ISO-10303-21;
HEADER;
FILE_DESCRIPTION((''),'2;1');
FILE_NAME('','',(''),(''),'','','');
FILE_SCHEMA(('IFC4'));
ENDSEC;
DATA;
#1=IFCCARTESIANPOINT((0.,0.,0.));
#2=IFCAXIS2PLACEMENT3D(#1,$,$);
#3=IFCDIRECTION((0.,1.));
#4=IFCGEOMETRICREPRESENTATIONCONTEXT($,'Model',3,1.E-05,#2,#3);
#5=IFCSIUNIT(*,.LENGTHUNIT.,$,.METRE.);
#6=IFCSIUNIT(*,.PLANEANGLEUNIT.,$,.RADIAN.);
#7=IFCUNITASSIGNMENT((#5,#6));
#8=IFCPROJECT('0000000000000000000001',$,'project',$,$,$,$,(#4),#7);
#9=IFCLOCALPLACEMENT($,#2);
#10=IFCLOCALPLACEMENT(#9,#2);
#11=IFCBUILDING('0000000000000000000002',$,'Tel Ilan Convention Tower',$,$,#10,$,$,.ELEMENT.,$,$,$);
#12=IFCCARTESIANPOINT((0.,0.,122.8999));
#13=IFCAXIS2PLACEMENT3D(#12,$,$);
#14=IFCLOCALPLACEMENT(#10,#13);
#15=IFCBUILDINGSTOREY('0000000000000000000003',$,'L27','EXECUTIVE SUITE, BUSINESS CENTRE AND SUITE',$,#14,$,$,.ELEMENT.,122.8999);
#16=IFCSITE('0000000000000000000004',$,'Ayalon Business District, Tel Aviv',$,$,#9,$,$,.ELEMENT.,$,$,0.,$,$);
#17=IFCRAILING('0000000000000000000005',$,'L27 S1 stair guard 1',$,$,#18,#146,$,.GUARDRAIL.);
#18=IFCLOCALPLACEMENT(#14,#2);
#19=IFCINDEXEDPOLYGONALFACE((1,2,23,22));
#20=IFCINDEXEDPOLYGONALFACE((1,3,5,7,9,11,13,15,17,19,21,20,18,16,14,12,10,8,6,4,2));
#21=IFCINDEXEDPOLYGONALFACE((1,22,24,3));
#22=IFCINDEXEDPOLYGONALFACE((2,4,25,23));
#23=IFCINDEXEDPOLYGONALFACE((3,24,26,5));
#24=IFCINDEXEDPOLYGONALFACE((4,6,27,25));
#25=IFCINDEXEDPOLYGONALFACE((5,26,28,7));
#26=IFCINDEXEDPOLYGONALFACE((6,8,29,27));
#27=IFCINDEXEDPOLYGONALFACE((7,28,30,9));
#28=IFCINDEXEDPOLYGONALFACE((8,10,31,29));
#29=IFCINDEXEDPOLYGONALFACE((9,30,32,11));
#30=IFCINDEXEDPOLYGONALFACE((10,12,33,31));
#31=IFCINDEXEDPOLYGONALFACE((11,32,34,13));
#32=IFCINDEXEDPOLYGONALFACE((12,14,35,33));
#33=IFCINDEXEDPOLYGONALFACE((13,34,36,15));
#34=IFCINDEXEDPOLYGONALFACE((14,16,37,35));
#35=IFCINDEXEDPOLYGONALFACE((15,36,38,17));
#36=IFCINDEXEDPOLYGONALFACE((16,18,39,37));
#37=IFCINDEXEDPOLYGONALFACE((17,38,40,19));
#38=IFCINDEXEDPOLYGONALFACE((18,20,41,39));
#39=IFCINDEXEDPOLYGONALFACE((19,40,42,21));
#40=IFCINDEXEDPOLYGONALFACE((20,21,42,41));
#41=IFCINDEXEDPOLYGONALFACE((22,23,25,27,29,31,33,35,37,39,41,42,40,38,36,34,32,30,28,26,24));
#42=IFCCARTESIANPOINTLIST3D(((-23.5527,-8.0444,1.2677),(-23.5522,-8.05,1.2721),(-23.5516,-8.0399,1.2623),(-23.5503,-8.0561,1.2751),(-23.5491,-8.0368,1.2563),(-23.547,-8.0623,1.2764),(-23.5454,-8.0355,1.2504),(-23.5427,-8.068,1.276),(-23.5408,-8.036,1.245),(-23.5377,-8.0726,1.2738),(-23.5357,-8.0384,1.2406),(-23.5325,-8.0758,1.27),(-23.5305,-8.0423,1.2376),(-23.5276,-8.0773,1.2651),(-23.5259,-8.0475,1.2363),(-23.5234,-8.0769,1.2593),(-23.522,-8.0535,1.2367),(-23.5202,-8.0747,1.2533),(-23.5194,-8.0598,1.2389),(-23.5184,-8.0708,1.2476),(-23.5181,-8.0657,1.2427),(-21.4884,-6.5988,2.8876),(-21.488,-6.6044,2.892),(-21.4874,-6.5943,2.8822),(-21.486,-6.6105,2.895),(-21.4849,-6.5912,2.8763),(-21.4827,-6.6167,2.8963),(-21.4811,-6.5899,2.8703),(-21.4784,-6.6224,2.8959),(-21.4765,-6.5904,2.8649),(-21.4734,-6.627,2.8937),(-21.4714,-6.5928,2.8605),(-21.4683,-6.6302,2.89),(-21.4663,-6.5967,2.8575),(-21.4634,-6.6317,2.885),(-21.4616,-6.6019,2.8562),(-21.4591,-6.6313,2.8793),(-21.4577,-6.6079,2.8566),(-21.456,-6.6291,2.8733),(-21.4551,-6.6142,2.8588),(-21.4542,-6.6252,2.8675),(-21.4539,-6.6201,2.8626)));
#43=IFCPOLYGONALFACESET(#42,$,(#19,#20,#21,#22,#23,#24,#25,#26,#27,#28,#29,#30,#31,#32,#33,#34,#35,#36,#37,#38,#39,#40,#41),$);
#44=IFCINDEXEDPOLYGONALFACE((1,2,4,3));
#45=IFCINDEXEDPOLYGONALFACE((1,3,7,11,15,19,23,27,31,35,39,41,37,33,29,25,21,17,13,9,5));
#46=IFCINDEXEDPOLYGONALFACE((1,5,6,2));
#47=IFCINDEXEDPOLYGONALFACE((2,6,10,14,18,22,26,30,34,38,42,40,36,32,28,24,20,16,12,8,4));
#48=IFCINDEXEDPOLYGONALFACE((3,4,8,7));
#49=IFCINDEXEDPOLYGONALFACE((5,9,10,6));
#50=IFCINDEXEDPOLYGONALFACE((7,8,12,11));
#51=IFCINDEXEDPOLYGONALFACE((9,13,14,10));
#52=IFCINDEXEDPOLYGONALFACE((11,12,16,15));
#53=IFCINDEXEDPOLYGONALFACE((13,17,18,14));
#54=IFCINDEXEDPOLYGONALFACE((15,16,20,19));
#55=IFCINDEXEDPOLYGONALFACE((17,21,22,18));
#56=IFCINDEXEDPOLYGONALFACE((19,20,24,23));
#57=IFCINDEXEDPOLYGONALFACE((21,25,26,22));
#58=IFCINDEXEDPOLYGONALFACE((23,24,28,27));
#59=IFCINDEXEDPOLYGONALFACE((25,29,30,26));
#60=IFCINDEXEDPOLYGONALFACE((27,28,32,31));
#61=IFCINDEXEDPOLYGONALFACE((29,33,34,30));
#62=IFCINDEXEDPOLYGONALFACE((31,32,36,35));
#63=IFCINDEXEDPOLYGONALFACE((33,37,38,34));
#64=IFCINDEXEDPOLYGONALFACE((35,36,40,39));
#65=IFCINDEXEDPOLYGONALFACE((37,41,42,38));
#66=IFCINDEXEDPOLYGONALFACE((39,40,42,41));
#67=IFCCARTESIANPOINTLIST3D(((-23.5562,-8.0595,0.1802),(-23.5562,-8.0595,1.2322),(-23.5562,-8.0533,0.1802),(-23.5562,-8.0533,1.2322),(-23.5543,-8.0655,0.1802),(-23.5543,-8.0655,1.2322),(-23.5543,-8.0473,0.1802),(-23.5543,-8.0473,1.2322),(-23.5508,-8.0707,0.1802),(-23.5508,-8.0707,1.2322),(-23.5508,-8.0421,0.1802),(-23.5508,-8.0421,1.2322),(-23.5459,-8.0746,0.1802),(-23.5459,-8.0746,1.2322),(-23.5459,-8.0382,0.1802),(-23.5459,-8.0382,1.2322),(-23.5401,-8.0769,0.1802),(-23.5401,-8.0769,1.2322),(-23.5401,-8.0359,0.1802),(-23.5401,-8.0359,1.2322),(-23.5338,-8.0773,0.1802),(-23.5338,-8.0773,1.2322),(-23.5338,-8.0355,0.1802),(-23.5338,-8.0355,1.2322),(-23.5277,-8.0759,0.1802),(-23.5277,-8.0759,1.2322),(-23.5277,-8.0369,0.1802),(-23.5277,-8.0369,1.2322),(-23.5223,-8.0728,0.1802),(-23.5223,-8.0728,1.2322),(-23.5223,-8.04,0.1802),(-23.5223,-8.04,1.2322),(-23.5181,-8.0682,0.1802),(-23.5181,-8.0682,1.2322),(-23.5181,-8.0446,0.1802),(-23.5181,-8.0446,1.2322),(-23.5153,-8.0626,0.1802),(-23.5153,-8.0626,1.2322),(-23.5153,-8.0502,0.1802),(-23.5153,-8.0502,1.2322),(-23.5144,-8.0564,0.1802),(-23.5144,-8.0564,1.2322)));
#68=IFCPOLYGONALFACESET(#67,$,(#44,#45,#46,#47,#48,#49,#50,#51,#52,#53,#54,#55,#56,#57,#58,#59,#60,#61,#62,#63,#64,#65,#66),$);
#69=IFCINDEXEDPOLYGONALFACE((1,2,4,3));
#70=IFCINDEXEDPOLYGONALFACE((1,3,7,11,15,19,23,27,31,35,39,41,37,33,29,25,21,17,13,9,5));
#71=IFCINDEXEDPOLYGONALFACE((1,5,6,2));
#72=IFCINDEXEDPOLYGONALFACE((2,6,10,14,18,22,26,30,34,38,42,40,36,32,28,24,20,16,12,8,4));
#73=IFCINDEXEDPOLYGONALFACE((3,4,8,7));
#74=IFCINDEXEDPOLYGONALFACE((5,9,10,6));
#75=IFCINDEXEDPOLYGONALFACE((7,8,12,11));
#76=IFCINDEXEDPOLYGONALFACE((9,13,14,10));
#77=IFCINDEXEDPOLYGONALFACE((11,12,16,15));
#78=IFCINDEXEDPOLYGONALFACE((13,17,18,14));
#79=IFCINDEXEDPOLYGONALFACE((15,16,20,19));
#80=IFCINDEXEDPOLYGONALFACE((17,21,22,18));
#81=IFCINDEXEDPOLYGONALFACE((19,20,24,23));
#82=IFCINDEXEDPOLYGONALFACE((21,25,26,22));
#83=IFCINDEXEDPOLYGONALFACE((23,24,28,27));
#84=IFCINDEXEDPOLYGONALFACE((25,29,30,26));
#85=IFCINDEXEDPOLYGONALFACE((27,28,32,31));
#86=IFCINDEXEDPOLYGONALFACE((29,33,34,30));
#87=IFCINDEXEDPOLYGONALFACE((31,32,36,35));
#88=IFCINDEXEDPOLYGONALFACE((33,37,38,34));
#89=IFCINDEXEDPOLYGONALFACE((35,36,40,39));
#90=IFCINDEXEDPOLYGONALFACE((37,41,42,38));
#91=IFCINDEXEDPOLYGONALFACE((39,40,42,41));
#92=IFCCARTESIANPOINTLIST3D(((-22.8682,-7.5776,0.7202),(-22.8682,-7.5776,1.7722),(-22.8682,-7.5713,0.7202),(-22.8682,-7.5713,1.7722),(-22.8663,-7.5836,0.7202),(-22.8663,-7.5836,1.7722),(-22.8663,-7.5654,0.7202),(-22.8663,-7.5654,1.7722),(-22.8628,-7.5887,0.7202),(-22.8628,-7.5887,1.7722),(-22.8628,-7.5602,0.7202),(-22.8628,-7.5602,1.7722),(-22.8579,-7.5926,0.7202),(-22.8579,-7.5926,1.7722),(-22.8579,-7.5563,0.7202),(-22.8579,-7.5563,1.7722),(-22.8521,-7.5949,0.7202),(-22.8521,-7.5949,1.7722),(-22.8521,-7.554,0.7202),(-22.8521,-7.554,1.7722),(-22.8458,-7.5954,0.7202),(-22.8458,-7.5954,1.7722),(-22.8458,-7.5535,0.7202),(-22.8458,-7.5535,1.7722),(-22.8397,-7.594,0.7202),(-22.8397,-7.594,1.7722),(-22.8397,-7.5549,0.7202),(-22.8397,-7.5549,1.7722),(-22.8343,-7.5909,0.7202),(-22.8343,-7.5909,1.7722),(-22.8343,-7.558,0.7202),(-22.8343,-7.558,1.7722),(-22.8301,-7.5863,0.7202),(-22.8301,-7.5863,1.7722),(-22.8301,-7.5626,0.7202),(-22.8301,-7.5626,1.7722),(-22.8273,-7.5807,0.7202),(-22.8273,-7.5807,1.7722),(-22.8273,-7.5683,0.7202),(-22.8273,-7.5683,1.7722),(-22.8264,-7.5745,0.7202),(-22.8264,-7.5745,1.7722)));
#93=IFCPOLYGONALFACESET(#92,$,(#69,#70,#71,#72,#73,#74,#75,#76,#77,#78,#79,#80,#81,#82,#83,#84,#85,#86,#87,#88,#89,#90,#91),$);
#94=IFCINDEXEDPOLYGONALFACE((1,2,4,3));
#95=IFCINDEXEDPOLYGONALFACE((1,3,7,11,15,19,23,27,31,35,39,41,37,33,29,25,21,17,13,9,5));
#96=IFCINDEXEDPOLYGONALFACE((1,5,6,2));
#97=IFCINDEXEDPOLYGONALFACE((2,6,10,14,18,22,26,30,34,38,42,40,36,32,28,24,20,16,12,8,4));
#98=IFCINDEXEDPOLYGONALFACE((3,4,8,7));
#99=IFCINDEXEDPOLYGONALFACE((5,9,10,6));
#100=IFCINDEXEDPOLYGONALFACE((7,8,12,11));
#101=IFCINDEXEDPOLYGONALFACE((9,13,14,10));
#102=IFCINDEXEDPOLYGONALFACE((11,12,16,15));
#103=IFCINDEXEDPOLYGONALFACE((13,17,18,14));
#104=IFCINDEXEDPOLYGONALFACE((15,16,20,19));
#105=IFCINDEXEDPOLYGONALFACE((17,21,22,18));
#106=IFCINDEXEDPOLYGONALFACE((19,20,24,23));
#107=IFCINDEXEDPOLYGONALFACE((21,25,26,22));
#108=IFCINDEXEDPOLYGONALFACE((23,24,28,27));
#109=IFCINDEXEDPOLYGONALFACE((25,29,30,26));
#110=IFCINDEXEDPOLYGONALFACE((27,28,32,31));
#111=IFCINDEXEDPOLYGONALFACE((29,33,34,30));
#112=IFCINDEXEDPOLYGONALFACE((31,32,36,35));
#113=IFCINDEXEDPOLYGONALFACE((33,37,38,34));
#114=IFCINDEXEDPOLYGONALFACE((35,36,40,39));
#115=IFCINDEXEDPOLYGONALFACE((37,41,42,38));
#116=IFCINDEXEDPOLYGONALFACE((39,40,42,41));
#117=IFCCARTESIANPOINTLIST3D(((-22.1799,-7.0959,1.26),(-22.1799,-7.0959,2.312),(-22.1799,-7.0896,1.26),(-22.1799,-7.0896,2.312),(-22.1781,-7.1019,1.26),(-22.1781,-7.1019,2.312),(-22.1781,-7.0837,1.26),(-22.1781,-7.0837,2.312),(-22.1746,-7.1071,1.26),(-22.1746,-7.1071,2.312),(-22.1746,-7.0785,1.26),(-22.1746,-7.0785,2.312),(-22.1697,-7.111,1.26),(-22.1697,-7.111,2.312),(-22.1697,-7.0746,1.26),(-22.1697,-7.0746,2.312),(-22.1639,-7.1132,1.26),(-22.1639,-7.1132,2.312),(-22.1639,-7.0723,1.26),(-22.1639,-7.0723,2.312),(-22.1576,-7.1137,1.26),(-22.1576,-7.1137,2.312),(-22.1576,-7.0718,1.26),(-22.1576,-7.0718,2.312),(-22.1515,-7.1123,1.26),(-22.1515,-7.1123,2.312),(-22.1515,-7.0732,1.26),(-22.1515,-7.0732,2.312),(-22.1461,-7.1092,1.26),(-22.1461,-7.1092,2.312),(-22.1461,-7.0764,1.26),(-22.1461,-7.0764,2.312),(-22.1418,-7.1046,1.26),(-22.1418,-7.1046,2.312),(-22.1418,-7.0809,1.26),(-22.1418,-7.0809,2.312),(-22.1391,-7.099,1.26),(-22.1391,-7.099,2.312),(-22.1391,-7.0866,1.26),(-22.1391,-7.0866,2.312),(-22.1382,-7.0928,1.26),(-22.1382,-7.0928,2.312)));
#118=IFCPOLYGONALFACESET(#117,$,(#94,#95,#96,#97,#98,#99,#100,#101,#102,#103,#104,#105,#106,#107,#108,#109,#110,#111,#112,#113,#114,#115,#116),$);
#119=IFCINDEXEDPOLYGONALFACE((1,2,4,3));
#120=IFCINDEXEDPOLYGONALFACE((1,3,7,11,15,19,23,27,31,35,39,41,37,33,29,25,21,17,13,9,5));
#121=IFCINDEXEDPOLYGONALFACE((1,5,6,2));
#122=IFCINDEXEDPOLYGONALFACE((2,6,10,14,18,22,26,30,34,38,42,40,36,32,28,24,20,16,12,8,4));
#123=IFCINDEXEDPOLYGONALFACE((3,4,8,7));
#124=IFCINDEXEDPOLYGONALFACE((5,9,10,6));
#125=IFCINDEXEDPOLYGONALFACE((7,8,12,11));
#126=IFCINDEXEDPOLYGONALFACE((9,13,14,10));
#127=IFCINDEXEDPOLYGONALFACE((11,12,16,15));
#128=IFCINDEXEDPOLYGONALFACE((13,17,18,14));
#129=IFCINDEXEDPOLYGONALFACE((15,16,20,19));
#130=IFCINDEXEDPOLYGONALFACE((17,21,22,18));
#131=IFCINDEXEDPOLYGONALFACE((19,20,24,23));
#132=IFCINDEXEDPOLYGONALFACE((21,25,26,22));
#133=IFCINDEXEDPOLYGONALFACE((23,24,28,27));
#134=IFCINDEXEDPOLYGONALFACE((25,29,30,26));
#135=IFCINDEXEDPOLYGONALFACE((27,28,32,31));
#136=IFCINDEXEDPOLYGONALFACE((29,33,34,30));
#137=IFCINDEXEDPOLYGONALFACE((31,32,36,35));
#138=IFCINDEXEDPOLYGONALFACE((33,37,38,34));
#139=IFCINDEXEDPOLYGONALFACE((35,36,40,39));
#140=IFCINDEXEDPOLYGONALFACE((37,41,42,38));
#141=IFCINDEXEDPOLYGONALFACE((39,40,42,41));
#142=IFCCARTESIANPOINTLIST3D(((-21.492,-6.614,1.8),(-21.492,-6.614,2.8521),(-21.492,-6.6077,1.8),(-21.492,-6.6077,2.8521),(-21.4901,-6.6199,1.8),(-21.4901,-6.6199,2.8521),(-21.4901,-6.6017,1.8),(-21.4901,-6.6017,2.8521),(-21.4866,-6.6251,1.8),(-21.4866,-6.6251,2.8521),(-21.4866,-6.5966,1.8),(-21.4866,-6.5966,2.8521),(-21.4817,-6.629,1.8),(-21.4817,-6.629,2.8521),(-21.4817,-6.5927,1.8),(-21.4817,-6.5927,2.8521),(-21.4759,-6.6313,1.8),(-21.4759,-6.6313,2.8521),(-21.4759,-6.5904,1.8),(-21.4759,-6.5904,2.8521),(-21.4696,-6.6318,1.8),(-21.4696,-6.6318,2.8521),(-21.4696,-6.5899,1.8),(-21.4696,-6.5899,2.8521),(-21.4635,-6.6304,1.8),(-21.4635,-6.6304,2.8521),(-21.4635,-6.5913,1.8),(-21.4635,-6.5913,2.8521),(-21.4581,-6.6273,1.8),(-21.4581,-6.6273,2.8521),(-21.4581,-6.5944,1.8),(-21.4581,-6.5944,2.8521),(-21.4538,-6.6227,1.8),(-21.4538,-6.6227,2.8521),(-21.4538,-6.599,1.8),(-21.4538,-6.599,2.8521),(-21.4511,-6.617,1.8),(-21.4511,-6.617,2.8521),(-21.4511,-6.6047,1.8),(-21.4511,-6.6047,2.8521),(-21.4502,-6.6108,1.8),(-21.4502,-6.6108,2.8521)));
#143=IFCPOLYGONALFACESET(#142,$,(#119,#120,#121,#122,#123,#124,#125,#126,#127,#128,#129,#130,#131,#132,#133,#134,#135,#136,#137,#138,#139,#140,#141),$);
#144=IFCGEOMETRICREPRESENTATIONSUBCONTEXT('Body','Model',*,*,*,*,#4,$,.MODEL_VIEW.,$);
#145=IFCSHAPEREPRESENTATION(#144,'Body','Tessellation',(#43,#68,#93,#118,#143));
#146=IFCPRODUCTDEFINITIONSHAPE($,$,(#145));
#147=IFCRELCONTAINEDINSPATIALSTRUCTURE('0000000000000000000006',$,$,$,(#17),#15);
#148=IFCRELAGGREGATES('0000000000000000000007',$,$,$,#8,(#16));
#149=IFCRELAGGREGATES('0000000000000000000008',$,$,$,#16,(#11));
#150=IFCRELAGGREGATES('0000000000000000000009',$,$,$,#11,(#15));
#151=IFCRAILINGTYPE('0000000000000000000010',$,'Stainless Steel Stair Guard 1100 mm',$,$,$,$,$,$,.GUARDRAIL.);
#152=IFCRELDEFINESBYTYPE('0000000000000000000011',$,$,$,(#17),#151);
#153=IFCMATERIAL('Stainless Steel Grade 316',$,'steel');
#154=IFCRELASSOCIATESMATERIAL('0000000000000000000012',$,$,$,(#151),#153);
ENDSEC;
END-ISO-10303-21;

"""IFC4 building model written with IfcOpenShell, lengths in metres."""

from ifc_helpers import new_model, si_unit, direction, frame, origin, origin_2d, place, context, subcontext, project, spatial, circle, extrude, material, type_object, element, save


model = new_model("IFC4")

# Units and contexts
model_context = context("Model", 3, precision=1e-05, world=origin(), true_north=direction((0.0, 1.0)))
body_context = subcontext(model_context, "Body", "Model", "MODEL_VIEW")
ifc_project = project(units=[si_unit("LENGTHUNIT", "METRE"), si_unit("PLANEANGLEUNIT", "RADIAN")], contexts=[model_context])

# Site, building, storey
site_placement = place(None, origin())
site = spatial("IfcSite", under=ifc_project, at=site_placement, Name="Ayalon Business District, Tel Aviv", CompositionType="ELEMENT", RefElevation=0.0)
building_placement = place(site_placement, origin())
building = spatial("IfcBuilding", under=site, at=building_placement, Name="Tel Ilan Convention Tower", CompositionType="ELEMENT")
storey_placement = place(building_placement, frame((0.0, 0.0, 122.8999)))
storey = spatial("IfcBuildingStorey", under=building, at=storey_placement, Name="L27", Description="EXECUTIVE SUITE, BUSINESS CENTRE AND SUITE", CompositionType="ELEMENT", Elevation=122.8999)

# Railing
ifc_material_1 = material(Name="Stainless Steel Grade 316", Category="steel")
railing_type_1 = type_object("IfcRailingType", Name="Stainless Steel Stair Guard 1100 mm", PredefinedType="GUARDRAIL", material=ifc_material_1)
railing_1_placement = place(storey_placement, frame((-23.5354, -8.0564, 0.1802)))
element("IfcRailing", 1, at=railing_1_placement, inside=storey, type_object=railing_type_1, Name="L27 S1 stair guard 1", PredefinedType="GUARDRAIL", context=body_context, shape_type="SweptSolid", body=[
    extrude(circle(Radius=0.0239, at=origin_2d()), frame((0.0, 0.0, 1.0762), z_axis=(0.689043, 0.482534, 0.540722), x_axis=(-0.573625, 0.819118, 0.0)), (0.0, 0.0, 1.0), 2.9958),
    extrude(circle(Radius=0.021, at=origin_2d()), origin(), (0.0, 0.0, 1.0), 1.052),
    extrude(circle(Radius=0.021, at=origin_2d()), frame((0.688, 0.4819, 0.54)), (0.0, 0.0, 1.0), 1.052),
    extrude(circle(Radius=0.021, at=origin_2d()), frame((1.3762, 0.9636, 1.0798)), (0.0, 0.0, 1.0), 1.052),
    extrude(circle(Radius=0.021, at=origin_2d()), frame((2.0642, 1.4456, 1.6199)), (0.0, 0.0, 1.0), 1.052),
])

save(model, "model.ifc")
